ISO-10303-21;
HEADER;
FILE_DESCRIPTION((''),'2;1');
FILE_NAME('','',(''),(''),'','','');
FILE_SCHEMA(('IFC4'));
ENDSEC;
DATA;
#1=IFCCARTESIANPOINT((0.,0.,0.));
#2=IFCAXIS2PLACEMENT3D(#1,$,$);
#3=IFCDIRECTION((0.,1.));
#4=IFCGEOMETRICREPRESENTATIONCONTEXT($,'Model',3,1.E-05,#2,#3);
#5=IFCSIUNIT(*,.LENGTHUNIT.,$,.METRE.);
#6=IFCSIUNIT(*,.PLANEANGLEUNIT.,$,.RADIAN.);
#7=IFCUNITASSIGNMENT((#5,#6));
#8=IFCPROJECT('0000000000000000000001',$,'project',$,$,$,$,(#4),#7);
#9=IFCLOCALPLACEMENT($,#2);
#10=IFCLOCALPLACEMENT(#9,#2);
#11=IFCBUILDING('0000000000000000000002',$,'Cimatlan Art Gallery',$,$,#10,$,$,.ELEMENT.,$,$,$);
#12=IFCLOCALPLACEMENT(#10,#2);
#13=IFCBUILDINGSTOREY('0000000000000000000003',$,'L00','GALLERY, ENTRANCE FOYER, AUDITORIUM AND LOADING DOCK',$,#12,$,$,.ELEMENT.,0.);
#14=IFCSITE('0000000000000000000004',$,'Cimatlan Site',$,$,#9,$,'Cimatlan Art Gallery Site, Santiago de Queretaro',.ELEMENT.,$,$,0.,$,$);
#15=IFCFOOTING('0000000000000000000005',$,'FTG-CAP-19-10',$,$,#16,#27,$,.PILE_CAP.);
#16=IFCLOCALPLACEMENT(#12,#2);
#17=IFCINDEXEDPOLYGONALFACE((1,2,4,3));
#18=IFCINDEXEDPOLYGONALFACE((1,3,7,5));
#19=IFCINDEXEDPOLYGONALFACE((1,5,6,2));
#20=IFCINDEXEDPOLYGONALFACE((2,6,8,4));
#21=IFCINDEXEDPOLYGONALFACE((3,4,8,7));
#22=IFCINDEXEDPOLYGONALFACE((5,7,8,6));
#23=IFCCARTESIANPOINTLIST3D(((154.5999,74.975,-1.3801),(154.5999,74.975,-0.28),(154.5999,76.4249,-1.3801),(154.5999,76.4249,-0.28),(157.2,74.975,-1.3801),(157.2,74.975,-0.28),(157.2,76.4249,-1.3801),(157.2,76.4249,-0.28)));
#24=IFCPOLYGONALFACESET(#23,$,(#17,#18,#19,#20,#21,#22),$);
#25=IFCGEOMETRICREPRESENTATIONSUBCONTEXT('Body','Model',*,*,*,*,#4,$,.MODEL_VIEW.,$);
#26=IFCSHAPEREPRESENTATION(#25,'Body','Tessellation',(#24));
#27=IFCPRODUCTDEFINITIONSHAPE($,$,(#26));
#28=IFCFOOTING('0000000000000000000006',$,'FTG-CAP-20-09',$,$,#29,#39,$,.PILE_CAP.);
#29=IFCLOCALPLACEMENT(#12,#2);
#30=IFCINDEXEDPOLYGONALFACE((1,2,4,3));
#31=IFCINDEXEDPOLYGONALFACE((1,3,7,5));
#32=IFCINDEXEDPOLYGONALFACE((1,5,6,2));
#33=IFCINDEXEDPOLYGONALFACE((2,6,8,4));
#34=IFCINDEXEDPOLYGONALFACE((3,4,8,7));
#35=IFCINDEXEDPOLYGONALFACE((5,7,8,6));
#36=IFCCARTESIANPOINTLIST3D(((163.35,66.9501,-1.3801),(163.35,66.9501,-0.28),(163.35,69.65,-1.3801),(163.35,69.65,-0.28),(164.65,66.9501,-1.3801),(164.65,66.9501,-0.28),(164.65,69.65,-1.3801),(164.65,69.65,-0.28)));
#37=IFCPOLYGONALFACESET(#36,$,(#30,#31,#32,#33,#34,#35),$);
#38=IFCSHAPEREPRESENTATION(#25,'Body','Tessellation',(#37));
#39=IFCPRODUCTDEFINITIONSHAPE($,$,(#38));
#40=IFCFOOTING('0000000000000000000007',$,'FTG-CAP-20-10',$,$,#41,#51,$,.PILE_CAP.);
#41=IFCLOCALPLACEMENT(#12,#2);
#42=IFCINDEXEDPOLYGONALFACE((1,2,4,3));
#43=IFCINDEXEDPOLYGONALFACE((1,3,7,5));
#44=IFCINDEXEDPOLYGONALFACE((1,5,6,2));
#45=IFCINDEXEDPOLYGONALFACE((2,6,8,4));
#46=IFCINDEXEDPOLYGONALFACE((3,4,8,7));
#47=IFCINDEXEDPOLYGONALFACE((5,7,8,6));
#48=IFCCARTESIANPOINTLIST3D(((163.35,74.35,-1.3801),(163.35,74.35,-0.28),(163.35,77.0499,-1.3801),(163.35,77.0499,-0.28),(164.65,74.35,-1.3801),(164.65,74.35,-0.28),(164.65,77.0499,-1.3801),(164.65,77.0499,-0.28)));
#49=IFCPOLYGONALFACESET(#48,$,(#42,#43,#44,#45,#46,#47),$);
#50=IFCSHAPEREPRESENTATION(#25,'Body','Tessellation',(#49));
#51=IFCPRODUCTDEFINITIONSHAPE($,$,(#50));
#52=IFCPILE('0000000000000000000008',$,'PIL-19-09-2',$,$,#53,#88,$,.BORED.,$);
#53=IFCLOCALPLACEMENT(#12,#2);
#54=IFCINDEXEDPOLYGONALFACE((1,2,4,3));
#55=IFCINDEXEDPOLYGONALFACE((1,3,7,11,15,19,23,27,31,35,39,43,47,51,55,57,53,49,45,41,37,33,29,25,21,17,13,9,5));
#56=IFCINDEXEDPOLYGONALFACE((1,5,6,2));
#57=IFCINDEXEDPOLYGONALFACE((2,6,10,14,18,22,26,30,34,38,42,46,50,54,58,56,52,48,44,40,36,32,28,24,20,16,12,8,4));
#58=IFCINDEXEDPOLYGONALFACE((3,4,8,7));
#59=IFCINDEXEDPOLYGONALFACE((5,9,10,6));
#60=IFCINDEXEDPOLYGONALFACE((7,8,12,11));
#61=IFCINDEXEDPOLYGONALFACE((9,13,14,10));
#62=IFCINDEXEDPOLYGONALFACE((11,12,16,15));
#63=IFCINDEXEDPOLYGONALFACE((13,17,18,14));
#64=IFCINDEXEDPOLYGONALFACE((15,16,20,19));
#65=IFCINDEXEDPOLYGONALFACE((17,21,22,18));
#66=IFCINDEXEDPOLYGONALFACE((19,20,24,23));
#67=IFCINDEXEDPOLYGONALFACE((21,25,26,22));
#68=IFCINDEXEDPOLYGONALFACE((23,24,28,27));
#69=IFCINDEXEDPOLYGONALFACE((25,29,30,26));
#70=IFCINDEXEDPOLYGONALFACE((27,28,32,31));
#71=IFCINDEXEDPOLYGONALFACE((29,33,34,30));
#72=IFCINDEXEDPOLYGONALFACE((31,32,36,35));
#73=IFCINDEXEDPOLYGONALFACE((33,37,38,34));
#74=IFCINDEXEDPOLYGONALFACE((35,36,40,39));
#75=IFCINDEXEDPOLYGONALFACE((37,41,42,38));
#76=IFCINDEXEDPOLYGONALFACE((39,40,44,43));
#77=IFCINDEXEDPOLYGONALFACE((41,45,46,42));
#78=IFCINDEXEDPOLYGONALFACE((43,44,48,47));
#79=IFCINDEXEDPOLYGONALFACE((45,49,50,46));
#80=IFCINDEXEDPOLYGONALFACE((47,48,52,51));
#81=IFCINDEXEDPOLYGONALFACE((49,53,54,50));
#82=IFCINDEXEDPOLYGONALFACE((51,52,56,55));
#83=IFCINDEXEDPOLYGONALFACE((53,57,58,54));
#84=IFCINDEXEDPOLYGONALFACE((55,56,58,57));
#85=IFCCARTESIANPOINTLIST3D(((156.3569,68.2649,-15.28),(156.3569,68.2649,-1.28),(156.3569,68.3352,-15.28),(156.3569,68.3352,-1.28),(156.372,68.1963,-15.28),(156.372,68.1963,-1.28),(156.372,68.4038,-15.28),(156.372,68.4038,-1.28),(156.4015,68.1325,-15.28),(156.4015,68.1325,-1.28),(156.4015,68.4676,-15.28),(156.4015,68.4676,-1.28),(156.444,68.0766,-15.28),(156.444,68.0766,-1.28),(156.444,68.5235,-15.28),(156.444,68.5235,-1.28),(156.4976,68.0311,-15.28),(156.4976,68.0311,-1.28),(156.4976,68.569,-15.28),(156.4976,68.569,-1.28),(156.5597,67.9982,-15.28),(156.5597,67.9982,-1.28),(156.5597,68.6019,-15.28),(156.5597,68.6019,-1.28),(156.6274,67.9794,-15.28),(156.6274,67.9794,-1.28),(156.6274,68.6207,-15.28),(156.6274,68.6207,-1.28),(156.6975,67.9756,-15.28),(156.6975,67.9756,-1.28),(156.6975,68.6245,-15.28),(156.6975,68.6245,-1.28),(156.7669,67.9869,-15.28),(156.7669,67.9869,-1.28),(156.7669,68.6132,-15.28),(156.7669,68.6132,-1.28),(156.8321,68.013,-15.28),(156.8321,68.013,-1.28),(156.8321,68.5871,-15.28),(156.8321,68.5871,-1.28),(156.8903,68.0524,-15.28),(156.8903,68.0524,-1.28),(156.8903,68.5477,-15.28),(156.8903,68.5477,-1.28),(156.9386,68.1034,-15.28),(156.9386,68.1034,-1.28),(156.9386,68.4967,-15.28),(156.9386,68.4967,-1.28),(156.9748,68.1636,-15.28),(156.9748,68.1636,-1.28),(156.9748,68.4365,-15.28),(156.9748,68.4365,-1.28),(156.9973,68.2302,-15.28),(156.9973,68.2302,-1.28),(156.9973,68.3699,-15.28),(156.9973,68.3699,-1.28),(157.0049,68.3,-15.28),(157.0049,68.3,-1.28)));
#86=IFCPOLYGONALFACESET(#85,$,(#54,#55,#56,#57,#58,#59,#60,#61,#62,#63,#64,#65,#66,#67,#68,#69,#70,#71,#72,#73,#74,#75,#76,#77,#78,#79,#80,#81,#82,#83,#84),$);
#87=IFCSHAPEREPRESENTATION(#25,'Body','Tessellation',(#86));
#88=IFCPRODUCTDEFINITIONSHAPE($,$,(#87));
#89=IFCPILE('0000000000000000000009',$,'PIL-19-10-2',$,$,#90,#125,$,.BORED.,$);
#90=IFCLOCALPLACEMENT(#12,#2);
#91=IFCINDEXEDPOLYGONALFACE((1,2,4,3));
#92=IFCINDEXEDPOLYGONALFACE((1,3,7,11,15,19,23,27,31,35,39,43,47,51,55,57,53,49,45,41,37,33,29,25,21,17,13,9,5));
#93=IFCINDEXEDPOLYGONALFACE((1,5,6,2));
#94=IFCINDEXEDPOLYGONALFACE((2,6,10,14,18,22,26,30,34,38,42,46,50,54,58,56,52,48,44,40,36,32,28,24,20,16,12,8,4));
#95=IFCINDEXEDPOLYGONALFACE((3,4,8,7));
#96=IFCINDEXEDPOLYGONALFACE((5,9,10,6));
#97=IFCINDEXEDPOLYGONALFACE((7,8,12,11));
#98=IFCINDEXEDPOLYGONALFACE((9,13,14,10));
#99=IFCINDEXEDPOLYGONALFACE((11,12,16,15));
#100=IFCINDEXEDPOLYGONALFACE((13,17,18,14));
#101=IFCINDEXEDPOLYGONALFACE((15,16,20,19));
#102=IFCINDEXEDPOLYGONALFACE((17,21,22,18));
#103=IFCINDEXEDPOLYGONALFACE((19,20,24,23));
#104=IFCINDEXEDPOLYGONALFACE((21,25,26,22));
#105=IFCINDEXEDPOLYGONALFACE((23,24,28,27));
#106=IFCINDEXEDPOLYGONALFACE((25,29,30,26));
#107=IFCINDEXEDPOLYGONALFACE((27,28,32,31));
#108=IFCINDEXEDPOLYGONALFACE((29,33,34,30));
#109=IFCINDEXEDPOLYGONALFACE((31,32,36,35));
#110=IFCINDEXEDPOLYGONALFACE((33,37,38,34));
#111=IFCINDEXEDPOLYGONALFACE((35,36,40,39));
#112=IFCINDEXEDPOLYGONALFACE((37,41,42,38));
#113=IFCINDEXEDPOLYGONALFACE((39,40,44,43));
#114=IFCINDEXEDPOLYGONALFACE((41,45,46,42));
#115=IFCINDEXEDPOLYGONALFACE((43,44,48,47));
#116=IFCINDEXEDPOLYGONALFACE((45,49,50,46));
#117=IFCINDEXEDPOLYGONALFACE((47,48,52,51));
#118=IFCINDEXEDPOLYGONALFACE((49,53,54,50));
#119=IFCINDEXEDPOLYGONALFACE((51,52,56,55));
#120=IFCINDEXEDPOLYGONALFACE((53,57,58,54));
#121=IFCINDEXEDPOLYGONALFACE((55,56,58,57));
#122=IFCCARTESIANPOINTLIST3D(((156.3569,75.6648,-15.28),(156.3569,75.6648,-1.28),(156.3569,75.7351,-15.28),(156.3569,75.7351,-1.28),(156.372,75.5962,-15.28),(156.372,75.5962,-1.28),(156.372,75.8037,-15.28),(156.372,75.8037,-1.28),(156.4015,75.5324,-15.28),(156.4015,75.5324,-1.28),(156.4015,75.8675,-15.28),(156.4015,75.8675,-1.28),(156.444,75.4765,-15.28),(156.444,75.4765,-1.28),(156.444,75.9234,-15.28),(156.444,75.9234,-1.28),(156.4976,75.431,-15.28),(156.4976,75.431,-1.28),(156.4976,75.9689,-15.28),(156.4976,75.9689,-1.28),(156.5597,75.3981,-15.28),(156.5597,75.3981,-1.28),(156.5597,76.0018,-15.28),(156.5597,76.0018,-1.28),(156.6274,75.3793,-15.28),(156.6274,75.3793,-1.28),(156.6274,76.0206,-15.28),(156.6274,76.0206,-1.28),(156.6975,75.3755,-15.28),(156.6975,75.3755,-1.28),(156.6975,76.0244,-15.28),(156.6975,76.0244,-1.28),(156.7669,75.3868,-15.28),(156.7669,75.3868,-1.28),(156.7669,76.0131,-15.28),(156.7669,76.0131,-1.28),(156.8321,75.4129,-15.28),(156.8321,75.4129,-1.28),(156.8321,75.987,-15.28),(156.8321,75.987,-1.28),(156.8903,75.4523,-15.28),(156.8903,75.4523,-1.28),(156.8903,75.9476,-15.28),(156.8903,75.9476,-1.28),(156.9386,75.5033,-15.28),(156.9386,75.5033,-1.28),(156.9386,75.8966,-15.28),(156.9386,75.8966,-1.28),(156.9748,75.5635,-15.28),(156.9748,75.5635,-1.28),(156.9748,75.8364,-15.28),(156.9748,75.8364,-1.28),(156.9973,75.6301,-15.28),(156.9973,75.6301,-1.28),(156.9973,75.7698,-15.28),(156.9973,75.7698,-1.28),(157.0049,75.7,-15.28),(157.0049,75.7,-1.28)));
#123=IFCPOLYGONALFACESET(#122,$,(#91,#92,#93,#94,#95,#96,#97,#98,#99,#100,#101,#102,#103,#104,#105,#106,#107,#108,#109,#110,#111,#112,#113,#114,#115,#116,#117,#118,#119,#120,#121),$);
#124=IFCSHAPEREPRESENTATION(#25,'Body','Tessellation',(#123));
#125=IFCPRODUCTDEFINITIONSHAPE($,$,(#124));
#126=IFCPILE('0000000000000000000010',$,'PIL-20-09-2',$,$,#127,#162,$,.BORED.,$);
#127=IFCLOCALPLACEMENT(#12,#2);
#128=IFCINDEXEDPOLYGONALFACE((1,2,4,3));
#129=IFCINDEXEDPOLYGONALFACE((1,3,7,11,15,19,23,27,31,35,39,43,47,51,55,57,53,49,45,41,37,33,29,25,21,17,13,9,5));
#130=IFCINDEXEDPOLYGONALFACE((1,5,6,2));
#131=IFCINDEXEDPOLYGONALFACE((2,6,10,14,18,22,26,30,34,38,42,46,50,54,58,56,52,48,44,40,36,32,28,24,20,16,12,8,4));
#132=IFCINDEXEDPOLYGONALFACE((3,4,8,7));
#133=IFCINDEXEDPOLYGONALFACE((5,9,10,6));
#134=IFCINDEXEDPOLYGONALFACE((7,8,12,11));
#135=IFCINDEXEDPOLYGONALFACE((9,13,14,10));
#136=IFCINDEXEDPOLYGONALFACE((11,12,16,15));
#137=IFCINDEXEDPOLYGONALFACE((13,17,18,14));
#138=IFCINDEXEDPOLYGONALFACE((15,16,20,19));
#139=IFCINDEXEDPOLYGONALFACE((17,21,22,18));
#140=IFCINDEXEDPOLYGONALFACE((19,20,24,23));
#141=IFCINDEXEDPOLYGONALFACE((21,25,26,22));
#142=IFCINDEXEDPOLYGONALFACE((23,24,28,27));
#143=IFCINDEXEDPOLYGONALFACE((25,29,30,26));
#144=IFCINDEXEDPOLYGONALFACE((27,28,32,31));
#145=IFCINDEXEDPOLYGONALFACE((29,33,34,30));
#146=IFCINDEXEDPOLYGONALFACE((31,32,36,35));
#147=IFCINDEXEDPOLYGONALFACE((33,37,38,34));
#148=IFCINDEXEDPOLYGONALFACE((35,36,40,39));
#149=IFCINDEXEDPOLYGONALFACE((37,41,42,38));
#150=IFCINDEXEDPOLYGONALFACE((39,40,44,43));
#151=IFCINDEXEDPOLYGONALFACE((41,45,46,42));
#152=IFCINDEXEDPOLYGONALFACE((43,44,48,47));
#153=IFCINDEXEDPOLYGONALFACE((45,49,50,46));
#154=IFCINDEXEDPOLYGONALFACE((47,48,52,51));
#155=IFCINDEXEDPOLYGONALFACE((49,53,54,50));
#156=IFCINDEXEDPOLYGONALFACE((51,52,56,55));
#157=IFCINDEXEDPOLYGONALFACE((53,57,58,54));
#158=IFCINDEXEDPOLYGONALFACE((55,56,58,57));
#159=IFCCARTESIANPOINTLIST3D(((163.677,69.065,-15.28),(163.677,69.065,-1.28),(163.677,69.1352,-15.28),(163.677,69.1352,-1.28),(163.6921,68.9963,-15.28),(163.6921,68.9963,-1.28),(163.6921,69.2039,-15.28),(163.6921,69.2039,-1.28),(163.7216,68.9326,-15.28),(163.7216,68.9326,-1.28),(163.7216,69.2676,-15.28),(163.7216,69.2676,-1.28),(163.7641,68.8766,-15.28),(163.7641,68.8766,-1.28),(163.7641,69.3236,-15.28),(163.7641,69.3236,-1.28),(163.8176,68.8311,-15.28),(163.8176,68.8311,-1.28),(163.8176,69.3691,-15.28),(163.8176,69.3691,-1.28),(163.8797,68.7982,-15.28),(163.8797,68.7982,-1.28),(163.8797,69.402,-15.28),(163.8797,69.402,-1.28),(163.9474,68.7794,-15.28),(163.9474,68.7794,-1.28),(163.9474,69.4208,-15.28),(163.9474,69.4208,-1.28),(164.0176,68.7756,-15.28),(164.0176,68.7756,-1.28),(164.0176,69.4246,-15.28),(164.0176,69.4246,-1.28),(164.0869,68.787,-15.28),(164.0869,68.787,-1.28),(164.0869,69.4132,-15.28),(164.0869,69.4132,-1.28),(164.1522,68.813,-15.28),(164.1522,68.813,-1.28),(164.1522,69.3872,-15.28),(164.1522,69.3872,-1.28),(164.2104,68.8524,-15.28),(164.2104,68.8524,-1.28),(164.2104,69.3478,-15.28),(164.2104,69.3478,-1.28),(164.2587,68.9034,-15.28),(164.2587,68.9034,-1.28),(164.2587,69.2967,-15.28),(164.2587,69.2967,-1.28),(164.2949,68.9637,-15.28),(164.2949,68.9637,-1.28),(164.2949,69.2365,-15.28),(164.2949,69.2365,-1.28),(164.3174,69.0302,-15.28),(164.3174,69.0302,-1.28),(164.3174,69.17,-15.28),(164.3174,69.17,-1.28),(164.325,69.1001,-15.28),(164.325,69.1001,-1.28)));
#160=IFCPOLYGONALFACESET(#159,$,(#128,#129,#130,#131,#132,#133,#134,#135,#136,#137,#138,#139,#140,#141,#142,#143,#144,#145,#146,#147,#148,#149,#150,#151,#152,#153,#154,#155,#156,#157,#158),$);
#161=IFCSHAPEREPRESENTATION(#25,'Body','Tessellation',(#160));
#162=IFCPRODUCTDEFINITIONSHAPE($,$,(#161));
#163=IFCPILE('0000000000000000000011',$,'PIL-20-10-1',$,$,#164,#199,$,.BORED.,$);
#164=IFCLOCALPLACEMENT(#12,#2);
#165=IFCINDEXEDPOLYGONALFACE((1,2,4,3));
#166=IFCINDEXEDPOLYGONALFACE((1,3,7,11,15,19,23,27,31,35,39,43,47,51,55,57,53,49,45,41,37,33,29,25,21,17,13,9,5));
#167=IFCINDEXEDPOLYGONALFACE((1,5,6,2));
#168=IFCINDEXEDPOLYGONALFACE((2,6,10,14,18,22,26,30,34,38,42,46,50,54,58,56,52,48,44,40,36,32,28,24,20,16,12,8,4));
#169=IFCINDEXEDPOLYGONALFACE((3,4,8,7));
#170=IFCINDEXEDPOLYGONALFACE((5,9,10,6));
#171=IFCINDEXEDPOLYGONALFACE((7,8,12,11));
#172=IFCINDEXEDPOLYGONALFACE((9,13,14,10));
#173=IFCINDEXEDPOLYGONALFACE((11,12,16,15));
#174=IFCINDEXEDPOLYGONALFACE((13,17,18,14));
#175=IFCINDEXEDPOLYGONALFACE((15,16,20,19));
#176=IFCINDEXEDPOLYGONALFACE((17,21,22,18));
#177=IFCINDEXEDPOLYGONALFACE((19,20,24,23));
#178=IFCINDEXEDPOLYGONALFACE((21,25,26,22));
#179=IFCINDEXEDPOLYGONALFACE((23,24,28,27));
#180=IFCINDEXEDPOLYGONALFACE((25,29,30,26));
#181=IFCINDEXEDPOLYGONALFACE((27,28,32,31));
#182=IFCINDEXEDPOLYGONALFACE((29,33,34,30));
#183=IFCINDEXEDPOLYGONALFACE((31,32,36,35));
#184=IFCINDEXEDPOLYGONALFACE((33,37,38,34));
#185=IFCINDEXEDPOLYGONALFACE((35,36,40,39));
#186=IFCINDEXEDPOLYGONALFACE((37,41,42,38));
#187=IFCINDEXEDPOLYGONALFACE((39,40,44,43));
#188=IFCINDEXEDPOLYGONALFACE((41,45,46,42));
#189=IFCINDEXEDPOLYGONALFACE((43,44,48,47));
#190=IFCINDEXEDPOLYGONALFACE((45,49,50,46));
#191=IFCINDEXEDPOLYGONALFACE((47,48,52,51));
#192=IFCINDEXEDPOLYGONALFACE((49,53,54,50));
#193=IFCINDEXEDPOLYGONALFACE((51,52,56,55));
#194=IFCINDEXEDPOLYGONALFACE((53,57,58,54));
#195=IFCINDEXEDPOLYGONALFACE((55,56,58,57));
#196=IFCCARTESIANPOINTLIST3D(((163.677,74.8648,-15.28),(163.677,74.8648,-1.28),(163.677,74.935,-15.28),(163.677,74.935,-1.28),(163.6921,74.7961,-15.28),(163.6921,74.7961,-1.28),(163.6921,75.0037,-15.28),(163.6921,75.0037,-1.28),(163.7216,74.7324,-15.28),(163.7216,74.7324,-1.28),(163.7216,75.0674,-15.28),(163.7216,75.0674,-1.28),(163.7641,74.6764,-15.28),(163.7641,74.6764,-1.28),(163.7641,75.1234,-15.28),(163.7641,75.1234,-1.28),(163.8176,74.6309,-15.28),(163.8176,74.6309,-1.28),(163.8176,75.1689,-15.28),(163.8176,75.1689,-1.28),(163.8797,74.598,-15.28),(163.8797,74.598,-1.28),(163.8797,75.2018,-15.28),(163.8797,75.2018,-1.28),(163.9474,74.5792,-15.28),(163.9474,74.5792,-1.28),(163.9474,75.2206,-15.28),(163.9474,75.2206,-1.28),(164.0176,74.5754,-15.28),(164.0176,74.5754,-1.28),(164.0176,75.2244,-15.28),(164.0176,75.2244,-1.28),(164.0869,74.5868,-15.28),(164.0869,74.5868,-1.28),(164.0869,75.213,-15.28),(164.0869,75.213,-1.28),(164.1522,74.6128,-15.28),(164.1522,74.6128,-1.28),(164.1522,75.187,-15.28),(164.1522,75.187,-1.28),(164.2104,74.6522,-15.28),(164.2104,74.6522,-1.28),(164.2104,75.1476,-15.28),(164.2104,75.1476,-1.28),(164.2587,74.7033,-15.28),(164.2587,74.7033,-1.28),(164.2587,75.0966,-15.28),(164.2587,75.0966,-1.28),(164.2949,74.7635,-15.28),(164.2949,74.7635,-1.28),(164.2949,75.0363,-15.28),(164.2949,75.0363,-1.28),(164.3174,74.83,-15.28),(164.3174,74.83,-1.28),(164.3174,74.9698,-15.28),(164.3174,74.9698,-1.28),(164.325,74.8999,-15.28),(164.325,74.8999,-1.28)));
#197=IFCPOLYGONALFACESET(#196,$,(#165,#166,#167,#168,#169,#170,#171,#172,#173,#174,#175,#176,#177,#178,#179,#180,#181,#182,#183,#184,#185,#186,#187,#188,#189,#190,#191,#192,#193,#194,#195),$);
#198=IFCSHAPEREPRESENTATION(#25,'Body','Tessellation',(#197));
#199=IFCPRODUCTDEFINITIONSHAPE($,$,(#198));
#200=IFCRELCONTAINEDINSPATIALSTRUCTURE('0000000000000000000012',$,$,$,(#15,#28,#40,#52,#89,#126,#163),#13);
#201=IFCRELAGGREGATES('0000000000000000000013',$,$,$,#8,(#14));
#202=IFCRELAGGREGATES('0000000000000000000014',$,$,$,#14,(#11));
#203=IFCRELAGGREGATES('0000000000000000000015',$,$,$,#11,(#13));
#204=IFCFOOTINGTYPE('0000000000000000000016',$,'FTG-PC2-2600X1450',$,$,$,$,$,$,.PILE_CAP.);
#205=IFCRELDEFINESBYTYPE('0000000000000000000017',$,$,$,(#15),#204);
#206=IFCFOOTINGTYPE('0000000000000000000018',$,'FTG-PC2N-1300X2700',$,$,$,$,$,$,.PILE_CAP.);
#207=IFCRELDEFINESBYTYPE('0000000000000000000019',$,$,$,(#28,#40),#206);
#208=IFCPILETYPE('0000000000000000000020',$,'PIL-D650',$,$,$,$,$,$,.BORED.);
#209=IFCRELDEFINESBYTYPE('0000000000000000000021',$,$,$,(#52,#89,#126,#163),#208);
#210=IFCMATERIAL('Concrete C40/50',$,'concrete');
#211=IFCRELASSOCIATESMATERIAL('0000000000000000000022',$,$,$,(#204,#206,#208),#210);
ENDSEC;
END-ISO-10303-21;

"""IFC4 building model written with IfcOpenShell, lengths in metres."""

from ifc_helpers import new_model, si_unit, direction, frame, origin, origin_2d, place, context, subcontext, project, spatial, rectangle, circle, extrude, material, type_object, element, save


model = new_model("IFC4")

# Units and contexts
model_context = context("Model", 3, precision=1e-05, world=origin(), true_north=direction((0.0, 1.0)))
body_context = subcontext(model_context, "Body", "Model", "MODEL_VIEW")
ifc_project = project(units=[si_unit("LENGTHUNIT", "METRE"), si_unit("PLANEANGLEUNIT", "RADIAN")], contexts=[model_context])

# Site, building, storey
site_placement = place(None, origin())
site = spatial("IfcSite", under=ifc_project, at=site_placement, Name="Cimatlan Site", LongName="Cimatlan Art Gallery Site, Santiago de Queretaro", CompositionType="ELEMENT", RefElevation=0.0)
building_placement = place(site_placement, origin())
building = spatial("IfcBuilding", under=site, at=building_placement, Name="Cimatlan Art Gallery", CompositionType="ELEMENT")
storey_placement = place(building_placement, origin())
storey = spatial("IfcBuildingStorey", under=building, at=storey_placement, Name="L00", Description="GALLERY, ENTRANCE FOYER, AUDITORIUM AND LOADING DOCK", CompositionType="ELEMENT", Elevation=0.0)

# Footings
ifc_material_1 = material(Name="Concrete C40/50", Category="concrete")
footing_type_1 = type_object("IfcFootingType", Name="FTG-PC2-2600X1450", PredefinedType="PILE_CAP", material=ifc_material_1)
footing_placement = place(storey_placement, frame((155.8999, 75.7, -1.3801), z_axis=(0.0, 0.0, 1.0), x_axis=(1.0, 0.0, 0.0)))
element("IfcFooting", 1, at=footing_placement, inside=storey, type_object=footing_type_1, Name="FTG-CAP-19-10", PredefinedType="PILE_CAP", context=body_context, shape_type="SweptSolid", body=[
    extrude(rectangle(XDim=2.6001, YDim=1.45, at=origin_2d()), origin(), (0.0, 0.0, 1.0), 1.1001),
])
footing_type_2 = type_object("IfcFootingType", Name="FTG-PC2N-1300X2700", PredefinedType="PILE_CAP", material=ifc_material_1)
for number, where, z_axis, x_axis, name in (
    (2, (164.0, 68.3, -1.3801), (0.0, 0.0, 1.0), (1.0, 0.0, 0.0), "FTG-CAP-20-09"),
    (3, (164.0, 75.7, -1.3801), (0.0, 0.0, 1.0), (1.0, 0.0, 0.0), "FTG-CAP-20-10"),
):
    element("IfcFooting", number, at=place(storey_placement, frame(where, z_axis=z_axis, x_axis=x_axis)), inside=storey, type_object=footing_type_2, Name=name, PredefinedType="PILE_CAP", context=body_context, shape_type="SweptSolid", body=[
        extrude(rectangle(XDim=1.3, YDim=2.7, at=origin_2d()), origin(), (0.0, 0.0, 1.0), 1.1001),
    ])

# Piles
pile_type = type_object("IfcPileType", Name="PIL-D650", PredefinedType="BORED", material=ifc_material_1)
for number, where, z_axis, x_axis, name in (
    (4, (156.6799, 68.3, -1.28), (0.0, 0.0, -1.0), (1.0, 0.0, 0.0), "PIL-19-09-2"),
    (5, (156.6799, 75.7, -1.28), (0.0, 0.0, -1.0), (1.0, 0.0, 0.0), "PIL-19-10-2"),
    (6, (164.0, 69.1001, -1.28), (0.0, 0.0, -1.0), (1.0, 0.0, 0.0), "PIL-20-09-2"),
    (7, (164.0, 74.8999, -1.28), (0.0, 0.0, -1.0), (1.0, 0.0, 0.0), "PIL-20-10-1"),
):
    element("IfcPile", number, at=place(storey_placement, frame(where, z_axis=z_axis, x_axis=x_axis)), inside=storey, type_object=pile_type, Name=name, PredefinedType="BORED", context=body_context, shape_type="SweptSolid", body=[
        extrude(circle(Radius=0.325, at=origin_2d()), origin(), (0.0, 0.0, 1.0), 14.0),
    ])

save(model, "model.ifc")
